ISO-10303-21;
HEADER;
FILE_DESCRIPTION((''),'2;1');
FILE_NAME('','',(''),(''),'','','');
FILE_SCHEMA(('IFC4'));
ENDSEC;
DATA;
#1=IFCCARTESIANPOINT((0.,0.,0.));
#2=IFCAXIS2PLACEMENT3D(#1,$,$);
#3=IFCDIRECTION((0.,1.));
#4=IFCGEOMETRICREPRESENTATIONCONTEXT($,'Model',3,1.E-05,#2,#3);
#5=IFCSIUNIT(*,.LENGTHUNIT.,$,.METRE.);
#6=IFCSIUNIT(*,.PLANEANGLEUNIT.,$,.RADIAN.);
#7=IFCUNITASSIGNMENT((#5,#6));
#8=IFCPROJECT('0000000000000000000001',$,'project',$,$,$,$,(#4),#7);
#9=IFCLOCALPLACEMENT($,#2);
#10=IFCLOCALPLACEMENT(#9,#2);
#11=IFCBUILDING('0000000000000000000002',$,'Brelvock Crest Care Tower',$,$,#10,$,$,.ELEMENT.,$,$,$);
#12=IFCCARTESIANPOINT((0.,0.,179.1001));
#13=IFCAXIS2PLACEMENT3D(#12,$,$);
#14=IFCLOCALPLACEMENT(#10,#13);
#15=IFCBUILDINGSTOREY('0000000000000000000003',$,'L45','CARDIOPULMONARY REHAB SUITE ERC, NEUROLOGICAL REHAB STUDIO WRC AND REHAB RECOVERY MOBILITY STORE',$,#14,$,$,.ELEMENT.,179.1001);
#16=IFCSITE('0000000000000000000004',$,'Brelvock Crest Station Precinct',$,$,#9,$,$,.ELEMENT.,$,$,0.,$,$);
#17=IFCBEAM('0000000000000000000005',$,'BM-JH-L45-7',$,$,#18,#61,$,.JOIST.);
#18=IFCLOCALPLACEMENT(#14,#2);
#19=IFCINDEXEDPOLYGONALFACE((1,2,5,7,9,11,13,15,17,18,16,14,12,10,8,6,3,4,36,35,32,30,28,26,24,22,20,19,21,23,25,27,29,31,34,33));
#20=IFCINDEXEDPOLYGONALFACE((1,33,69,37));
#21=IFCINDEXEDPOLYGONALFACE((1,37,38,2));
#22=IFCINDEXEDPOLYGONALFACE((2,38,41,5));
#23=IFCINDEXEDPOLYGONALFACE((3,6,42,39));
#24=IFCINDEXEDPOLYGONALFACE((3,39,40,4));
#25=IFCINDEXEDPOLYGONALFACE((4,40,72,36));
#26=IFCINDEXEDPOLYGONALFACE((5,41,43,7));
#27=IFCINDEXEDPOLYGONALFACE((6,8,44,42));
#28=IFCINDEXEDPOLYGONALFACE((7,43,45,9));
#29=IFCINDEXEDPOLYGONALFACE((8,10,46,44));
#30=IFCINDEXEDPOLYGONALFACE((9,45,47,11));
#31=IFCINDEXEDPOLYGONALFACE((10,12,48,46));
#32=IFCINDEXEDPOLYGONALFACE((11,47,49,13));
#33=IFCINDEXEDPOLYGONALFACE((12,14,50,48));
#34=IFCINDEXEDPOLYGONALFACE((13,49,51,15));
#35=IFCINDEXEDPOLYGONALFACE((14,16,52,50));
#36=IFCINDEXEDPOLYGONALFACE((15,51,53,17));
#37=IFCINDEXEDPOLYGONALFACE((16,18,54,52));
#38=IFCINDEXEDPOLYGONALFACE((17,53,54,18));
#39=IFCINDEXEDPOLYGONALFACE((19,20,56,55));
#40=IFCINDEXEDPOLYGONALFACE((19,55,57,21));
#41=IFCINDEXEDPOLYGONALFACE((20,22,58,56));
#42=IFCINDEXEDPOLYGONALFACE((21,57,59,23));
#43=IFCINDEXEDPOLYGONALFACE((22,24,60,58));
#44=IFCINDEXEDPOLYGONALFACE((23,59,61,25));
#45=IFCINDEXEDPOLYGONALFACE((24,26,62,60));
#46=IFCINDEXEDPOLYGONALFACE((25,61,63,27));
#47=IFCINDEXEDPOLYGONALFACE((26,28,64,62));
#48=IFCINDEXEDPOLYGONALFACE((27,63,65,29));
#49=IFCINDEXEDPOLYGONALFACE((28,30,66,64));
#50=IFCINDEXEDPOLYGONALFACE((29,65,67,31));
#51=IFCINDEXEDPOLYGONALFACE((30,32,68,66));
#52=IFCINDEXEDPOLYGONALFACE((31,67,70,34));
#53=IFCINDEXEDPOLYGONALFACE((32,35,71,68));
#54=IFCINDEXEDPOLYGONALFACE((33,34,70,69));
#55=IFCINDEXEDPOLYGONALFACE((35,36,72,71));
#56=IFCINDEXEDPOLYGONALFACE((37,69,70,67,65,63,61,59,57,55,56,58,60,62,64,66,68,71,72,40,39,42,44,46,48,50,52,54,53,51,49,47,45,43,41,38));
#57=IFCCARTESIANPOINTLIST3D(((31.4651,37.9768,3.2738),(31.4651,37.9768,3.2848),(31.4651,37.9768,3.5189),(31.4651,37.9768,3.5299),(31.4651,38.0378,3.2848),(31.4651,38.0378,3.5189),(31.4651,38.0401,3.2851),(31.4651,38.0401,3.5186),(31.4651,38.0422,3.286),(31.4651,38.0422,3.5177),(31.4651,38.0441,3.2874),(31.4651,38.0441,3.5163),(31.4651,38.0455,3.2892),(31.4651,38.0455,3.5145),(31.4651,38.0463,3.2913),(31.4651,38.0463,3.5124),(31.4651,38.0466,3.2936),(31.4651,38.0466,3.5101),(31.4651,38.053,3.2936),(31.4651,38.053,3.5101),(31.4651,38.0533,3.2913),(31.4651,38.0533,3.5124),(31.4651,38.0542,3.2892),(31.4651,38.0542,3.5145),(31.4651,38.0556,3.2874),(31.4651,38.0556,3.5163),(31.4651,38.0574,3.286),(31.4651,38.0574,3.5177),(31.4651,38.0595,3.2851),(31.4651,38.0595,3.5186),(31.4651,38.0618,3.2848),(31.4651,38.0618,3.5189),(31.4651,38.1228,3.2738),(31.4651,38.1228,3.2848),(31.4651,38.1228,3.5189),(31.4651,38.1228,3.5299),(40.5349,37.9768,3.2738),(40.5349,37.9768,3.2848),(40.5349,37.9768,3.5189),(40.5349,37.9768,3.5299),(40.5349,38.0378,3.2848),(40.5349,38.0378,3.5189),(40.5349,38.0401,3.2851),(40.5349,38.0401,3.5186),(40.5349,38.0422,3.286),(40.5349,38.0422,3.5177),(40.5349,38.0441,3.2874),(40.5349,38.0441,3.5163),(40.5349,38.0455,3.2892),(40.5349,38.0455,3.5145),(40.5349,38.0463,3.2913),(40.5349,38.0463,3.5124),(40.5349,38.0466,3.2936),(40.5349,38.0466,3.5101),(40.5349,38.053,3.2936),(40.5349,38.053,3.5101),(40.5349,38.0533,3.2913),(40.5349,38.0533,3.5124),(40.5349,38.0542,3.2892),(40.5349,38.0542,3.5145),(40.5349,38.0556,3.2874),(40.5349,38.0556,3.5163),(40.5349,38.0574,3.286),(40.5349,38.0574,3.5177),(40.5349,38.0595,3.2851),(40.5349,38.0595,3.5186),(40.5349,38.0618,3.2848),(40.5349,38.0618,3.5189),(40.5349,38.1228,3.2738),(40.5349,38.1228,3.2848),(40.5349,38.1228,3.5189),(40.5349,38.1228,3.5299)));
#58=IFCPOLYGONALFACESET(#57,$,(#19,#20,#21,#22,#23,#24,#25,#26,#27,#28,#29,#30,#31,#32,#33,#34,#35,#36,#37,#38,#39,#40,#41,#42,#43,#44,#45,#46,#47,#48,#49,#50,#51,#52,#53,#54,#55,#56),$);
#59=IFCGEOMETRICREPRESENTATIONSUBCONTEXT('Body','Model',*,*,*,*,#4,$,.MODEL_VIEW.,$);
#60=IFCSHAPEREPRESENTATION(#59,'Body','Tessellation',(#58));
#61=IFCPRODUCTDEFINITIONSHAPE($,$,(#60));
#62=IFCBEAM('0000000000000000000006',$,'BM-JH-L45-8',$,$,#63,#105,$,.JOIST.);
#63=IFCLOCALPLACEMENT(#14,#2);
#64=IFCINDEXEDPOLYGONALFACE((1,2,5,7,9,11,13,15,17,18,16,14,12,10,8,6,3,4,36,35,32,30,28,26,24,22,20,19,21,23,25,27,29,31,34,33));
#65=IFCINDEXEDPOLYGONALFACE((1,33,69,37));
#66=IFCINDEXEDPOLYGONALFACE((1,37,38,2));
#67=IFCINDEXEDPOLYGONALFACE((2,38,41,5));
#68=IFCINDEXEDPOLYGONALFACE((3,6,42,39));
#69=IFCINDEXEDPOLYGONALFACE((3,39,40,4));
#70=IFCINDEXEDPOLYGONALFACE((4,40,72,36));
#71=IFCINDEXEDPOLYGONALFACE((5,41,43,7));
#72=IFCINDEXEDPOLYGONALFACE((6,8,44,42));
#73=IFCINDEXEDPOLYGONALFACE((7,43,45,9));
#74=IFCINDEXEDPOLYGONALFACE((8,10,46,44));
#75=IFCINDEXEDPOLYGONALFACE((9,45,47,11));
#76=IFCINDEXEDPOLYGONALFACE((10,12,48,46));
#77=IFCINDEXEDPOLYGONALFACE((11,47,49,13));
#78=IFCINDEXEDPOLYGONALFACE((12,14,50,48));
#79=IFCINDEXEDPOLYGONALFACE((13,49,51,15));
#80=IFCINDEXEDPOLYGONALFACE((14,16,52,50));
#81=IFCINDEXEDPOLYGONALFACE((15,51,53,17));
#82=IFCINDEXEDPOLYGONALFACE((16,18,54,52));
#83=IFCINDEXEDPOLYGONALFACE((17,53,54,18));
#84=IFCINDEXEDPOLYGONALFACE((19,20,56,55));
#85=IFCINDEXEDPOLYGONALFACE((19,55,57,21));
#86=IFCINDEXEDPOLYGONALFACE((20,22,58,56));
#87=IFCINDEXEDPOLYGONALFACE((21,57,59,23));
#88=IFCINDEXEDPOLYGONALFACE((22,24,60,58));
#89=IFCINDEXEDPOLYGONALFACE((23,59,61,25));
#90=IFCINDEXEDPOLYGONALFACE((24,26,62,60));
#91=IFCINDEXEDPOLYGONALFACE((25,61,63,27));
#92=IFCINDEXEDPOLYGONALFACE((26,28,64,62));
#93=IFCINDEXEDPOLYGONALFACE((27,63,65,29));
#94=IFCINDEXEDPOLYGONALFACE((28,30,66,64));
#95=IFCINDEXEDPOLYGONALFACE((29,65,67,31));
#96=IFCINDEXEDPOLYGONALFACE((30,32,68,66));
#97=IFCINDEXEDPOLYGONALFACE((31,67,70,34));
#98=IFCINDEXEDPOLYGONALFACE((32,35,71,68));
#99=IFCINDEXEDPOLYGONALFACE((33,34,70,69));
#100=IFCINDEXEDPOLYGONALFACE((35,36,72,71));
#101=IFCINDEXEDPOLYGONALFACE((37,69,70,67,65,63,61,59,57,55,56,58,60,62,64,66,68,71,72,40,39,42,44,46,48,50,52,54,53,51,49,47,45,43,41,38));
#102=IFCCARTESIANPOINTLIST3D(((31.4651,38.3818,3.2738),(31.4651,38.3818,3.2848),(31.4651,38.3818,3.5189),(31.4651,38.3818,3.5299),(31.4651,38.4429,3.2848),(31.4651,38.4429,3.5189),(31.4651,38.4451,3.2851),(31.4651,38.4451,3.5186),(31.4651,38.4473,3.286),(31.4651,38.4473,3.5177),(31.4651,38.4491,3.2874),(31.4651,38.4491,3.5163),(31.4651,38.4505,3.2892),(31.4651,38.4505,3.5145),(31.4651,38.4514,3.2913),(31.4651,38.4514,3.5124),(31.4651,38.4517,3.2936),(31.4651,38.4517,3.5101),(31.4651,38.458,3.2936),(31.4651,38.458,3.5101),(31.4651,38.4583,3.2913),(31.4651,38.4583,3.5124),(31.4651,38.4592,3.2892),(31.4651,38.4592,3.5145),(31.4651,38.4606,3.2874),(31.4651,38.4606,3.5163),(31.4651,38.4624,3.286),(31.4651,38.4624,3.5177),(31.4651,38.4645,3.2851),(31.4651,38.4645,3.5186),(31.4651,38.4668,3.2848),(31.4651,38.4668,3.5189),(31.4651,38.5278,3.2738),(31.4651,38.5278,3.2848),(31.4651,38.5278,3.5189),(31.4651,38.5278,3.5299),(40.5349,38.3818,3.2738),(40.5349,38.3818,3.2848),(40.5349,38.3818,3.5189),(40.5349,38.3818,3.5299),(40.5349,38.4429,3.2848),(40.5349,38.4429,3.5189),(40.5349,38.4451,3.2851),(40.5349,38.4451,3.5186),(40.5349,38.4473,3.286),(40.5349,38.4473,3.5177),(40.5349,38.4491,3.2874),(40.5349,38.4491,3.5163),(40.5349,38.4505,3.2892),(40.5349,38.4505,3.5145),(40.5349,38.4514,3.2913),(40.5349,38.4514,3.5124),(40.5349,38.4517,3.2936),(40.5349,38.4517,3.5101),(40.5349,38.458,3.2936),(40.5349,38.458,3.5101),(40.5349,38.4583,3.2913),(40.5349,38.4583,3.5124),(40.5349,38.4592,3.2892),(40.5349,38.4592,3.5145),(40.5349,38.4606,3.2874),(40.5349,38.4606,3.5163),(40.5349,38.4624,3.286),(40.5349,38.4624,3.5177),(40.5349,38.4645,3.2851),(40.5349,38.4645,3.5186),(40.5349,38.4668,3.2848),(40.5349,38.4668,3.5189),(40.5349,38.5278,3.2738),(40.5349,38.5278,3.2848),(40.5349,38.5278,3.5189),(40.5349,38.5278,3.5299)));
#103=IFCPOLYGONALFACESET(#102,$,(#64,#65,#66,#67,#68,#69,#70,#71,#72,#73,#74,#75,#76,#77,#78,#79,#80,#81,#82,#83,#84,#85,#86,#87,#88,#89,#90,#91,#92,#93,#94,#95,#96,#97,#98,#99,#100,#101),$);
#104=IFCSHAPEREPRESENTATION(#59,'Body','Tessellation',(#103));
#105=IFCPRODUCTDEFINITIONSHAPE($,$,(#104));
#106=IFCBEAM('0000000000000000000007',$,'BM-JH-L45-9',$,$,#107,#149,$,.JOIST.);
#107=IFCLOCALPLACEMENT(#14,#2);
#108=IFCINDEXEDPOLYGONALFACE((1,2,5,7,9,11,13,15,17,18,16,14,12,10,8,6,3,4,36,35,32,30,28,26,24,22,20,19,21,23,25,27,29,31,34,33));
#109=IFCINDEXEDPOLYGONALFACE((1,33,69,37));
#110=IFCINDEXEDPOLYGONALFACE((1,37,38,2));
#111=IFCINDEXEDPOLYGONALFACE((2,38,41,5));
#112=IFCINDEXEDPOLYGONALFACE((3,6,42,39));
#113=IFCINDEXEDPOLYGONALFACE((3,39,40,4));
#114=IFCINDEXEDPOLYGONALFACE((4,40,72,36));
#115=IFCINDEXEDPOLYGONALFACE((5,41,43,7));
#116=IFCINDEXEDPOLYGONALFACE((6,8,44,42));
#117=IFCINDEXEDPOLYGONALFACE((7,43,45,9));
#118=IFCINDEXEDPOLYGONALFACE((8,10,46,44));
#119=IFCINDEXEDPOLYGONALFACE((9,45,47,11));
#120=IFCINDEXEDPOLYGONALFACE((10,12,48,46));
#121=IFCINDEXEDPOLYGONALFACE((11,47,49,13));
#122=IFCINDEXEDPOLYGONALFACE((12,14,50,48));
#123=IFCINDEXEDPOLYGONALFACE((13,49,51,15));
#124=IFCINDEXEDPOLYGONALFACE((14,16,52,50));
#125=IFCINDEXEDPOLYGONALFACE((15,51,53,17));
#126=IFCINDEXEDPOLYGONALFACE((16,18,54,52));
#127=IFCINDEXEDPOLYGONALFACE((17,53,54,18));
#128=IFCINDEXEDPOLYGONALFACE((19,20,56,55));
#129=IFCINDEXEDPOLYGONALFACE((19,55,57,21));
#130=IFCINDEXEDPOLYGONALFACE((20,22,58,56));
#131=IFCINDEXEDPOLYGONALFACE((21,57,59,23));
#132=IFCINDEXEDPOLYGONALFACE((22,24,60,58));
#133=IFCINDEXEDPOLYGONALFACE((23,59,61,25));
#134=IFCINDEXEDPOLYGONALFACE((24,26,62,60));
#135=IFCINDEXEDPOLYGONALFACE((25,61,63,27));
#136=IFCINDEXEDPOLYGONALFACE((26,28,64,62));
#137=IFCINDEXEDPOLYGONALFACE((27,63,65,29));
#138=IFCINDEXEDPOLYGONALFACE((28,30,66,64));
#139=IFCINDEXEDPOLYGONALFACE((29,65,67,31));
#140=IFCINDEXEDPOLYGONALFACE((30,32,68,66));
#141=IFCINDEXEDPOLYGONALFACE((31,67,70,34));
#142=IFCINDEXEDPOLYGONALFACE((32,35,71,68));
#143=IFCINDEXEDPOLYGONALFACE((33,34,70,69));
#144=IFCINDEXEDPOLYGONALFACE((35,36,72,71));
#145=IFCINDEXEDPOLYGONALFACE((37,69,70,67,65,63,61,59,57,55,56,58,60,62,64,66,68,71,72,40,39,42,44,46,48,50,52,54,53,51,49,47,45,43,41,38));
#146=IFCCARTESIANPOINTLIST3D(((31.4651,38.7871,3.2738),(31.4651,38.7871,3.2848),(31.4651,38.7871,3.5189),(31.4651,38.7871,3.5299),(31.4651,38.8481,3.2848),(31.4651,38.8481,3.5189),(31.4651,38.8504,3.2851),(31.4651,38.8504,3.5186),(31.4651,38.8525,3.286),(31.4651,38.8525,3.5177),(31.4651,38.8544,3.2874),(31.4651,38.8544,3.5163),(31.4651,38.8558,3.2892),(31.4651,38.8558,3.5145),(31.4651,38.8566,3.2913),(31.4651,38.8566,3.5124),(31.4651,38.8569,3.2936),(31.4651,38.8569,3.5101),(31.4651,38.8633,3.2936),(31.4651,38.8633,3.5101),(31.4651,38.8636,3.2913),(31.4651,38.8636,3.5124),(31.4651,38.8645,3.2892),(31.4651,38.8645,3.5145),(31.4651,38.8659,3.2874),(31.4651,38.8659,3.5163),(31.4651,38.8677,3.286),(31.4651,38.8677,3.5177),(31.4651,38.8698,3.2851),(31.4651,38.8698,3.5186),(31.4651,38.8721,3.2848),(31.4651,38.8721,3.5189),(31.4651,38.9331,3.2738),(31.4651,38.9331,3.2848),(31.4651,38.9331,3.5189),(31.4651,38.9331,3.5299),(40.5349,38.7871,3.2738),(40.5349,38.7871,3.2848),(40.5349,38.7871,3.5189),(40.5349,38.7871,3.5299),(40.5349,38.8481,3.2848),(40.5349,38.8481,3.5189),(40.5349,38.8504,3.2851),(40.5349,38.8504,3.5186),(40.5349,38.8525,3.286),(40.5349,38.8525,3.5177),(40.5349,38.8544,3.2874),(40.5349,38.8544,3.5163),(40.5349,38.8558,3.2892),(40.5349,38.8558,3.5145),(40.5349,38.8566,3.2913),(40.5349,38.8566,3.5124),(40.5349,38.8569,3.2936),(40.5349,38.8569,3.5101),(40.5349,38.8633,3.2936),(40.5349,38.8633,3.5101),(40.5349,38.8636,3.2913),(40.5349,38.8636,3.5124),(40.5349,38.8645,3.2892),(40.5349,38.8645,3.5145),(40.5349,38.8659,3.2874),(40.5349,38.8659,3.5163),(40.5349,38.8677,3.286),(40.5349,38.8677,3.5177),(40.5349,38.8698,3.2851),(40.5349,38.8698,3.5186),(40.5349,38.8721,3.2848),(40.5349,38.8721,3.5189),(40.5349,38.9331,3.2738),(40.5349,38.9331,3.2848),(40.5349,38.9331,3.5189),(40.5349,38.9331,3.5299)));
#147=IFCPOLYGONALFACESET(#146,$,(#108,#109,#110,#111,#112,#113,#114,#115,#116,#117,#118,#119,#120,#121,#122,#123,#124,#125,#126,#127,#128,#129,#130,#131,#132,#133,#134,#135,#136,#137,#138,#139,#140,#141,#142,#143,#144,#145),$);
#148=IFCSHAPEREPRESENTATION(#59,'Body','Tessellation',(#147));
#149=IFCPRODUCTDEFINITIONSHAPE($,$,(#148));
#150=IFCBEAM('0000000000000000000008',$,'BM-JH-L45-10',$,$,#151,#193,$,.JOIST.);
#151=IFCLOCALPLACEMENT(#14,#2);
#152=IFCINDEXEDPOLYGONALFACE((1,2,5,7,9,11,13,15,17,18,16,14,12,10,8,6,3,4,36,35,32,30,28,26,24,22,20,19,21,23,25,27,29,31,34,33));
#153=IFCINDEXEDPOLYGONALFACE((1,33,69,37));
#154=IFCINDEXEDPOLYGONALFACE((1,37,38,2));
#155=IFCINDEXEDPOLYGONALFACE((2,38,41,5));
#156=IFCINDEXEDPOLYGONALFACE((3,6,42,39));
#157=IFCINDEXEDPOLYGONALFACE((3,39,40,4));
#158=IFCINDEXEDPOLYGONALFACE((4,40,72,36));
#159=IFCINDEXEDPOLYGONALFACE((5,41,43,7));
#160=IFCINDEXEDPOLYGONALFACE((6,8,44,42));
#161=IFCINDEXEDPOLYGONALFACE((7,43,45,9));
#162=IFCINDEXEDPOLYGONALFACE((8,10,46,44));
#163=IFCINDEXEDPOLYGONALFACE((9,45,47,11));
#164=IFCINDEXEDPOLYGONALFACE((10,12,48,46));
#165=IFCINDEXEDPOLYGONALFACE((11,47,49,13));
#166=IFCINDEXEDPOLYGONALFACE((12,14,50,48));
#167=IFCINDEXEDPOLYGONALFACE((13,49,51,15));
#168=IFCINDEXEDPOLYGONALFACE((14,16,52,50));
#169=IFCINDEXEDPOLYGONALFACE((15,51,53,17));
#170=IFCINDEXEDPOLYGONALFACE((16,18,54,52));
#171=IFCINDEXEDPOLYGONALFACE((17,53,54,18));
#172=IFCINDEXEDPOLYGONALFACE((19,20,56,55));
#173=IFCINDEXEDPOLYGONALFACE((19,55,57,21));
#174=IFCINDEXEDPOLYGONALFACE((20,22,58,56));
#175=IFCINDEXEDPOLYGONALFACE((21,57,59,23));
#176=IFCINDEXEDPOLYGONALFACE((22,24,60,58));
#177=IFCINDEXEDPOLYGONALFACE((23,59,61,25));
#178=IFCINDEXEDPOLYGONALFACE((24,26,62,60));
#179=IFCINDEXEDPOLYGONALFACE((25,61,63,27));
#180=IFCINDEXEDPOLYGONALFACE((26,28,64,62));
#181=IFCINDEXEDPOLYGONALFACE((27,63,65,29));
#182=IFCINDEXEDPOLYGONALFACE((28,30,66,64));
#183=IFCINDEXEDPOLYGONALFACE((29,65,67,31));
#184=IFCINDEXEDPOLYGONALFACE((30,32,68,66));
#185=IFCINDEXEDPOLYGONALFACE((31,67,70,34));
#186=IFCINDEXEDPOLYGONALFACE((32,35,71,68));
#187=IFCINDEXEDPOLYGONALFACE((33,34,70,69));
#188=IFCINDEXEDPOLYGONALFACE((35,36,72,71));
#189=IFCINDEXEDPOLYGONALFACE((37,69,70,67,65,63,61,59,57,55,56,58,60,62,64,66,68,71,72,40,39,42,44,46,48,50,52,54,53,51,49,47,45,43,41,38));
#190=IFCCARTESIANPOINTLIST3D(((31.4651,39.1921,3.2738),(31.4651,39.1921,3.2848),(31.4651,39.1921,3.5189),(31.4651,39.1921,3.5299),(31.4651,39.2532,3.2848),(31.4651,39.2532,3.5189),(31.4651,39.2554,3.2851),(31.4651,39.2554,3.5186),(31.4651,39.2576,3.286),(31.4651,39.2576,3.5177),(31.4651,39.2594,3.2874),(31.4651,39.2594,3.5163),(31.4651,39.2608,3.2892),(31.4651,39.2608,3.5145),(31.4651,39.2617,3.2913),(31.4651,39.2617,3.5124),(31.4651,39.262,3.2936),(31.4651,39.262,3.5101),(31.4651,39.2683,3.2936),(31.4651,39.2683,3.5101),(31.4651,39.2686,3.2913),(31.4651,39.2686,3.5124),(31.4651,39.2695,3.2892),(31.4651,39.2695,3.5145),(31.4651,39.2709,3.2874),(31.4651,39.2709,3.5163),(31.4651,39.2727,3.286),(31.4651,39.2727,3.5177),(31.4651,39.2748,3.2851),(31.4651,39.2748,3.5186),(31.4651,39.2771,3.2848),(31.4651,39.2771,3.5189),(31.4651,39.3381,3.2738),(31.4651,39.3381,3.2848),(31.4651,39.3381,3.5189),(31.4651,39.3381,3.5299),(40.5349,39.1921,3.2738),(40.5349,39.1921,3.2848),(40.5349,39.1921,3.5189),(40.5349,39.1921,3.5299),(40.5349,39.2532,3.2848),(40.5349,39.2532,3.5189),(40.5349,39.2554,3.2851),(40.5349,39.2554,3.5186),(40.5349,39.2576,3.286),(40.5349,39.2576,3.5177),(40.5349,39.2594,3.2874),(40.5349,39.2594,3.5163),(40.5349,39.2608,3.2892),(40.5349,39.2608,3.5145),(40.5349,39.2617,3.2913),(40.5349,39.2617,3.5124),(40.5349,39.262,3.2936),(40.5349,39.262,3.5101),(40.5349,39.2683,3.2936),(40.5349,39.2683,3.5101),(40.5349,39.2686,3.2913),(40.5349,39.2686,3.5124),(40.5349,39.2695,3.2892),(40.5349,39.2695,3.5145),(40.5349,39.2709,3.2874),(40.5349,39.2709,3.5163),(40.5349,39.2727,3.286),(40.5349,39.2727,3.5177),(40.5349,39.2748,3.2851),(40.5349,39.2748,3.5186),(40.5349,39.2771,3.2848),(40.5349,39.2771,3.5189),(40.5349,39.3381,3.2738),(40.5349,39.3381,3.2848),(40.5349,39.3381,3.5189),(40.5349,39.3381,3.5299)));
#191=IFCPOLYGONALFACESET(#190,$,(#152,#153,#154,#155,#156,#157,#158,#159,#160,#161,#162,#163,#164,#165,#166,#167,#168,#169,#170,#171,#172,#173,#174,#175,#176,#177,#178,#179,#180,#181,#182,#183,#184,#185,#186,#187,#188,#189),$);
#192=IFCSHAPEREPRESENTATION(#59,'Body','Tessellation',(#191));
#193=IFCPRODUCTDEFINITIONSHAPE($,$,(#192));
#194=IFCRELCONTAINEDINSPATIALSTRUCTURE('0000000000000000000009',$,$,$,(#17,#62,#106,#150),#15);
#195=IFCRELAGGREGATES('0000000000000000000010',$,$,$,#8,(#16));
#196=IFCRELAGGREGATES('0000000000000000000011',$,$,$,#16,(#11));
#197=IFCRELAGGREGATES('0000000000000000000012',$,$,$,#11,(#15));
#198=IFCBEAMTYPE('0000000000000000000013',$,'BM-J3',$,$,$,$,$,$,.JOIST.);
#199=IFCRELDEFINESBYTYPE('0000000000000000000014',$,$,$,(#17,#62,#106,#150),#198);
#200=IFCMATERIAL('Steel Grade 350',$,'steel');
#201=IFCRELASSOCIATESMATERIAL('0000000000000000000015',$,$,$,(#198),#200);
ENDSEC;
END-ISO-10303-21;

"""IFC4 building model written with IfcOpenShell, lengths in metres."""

from ifc_helpers import new_model, si_unit, direction, frame, origin, origin_2d, place, context, subcontext, project, spatial, i_section, extrude, source, transform, mapped, material, material_profile, profile_set, type_object, element, save


model = new_model("IFC4")

# Units and contexts
model_context = context("Model", 3, precision=1e-05, world=origin(), true_north=direction((0.0, 1.0)))
body_context = subcontext(model_context, "Body", "Model", "MODEL_VIEW")
ifc_project = project(units=[si_unit("LENGTHUNIT", "METRE"), si_unit("PLANEANGLEUNIT", "RADIAN")], contexts=[model_context])

# Site, building, storey
site_placement = place(None, origin())
site = spatial("IfcSite", under=ifc_project, at=site_placement, Name="Brelvock Crest Station Precinct", CompositionType="ELEMENT", RefElevation=0.0)
building_placement = place(site_placement, origin())
building = spatial("IfcBuilding", under=site, at=building_placement, Name="Brelvock Crest Care Tower", CompositionType="ELEMENT")
storey_placement = place(building_placement, frame((0.0, 0.0, 179.1001)))
storey = spatial("IfcBuildingStorey", under=building, at=storey_placement, Name="L45", Description="CARDIOPULMONARY REHAB SUITE ERC, NEUROLOGICAL REHAB STUDIO WRC AND REHAB RECOVERY MOBILITY STORE", CompositionType="ELEMENT", Elevation=179.1001)

# Beams
ifc_material_1 = material(Name="Steel Grade 350", Category="steel")
ifc_material_profile_1 = material_profile(ifc_material_1, i_section(OverallWidth=0.146, OverallDepth=0.2561, WebThickness=0.0063, FlangeThickness=0.011, FilletRadius=0.0088, at=origin_2d()), Name="250UB37.3")
ifc_profile_set_1 = profile_set([ifc_material_profile_1], Name="Steel Grade 350")
beam_type_1 = type_object("IfcBeamType", Name="BM-J3", PredefinedType="JOIST", material=ifc_profile_set_1)
shared_shape_1 = source(origin(), body_context, "Body", "SweptSolid", [
    extrude(i_section(OverallWidth=0.146, OverallDepth=0.2561, WebThickness=0.0063, FlangeThickness=0.011, FilletRadius=0.0088, at=origin_2d()), origin(), (0.0, 0.0, 1.0), 9.0698),
])
for number, where, z_axis, x_axis, name in (
    (1, (31.4651, 38.0498, 3.4019), (1.0, 0.0, 0.0), (0.0, 1.0, 0.0), "BM-JH-L45-7"),
    (2, (31.4651, 38.4548, 3.4019), (1.0, 0.0, 0.0), (0.0, 1.0, 0.0), "BM-JH-L45-8"),
    (3, (31.4651, 38.8601, 3.4019), (1.0, 0.0, 0.0), (0.0, 1.0, 0.0), "BM-JH-L45-9"),
    (4, (31.4651, 39.2651, 3.4019), (1.0, 0.0, 0.0), (0.0, 1.0, 0.0), "BM-JH-L45-10"),
):
    element("IfcBeam", number, at=place(storey_placement, frame(where, z_axis=z_axis, x_axis=x_axis)), inside=storey, type_object=beam_type_1, Name=name, PredefinedType="JOIST", context=body_context, shape_type="MappedRepresentation", body=[
        mapped(shared_shape_1, transform((0.0, 0.0, 0.0), x_axis=(1.0, 0.0, 0.0), y_axis=(0.0, 1.0, 0.0), z_axis=(0.0, 0.0, 1.0), scale=1.0)),
    ])

save(model, "model.ifc")
